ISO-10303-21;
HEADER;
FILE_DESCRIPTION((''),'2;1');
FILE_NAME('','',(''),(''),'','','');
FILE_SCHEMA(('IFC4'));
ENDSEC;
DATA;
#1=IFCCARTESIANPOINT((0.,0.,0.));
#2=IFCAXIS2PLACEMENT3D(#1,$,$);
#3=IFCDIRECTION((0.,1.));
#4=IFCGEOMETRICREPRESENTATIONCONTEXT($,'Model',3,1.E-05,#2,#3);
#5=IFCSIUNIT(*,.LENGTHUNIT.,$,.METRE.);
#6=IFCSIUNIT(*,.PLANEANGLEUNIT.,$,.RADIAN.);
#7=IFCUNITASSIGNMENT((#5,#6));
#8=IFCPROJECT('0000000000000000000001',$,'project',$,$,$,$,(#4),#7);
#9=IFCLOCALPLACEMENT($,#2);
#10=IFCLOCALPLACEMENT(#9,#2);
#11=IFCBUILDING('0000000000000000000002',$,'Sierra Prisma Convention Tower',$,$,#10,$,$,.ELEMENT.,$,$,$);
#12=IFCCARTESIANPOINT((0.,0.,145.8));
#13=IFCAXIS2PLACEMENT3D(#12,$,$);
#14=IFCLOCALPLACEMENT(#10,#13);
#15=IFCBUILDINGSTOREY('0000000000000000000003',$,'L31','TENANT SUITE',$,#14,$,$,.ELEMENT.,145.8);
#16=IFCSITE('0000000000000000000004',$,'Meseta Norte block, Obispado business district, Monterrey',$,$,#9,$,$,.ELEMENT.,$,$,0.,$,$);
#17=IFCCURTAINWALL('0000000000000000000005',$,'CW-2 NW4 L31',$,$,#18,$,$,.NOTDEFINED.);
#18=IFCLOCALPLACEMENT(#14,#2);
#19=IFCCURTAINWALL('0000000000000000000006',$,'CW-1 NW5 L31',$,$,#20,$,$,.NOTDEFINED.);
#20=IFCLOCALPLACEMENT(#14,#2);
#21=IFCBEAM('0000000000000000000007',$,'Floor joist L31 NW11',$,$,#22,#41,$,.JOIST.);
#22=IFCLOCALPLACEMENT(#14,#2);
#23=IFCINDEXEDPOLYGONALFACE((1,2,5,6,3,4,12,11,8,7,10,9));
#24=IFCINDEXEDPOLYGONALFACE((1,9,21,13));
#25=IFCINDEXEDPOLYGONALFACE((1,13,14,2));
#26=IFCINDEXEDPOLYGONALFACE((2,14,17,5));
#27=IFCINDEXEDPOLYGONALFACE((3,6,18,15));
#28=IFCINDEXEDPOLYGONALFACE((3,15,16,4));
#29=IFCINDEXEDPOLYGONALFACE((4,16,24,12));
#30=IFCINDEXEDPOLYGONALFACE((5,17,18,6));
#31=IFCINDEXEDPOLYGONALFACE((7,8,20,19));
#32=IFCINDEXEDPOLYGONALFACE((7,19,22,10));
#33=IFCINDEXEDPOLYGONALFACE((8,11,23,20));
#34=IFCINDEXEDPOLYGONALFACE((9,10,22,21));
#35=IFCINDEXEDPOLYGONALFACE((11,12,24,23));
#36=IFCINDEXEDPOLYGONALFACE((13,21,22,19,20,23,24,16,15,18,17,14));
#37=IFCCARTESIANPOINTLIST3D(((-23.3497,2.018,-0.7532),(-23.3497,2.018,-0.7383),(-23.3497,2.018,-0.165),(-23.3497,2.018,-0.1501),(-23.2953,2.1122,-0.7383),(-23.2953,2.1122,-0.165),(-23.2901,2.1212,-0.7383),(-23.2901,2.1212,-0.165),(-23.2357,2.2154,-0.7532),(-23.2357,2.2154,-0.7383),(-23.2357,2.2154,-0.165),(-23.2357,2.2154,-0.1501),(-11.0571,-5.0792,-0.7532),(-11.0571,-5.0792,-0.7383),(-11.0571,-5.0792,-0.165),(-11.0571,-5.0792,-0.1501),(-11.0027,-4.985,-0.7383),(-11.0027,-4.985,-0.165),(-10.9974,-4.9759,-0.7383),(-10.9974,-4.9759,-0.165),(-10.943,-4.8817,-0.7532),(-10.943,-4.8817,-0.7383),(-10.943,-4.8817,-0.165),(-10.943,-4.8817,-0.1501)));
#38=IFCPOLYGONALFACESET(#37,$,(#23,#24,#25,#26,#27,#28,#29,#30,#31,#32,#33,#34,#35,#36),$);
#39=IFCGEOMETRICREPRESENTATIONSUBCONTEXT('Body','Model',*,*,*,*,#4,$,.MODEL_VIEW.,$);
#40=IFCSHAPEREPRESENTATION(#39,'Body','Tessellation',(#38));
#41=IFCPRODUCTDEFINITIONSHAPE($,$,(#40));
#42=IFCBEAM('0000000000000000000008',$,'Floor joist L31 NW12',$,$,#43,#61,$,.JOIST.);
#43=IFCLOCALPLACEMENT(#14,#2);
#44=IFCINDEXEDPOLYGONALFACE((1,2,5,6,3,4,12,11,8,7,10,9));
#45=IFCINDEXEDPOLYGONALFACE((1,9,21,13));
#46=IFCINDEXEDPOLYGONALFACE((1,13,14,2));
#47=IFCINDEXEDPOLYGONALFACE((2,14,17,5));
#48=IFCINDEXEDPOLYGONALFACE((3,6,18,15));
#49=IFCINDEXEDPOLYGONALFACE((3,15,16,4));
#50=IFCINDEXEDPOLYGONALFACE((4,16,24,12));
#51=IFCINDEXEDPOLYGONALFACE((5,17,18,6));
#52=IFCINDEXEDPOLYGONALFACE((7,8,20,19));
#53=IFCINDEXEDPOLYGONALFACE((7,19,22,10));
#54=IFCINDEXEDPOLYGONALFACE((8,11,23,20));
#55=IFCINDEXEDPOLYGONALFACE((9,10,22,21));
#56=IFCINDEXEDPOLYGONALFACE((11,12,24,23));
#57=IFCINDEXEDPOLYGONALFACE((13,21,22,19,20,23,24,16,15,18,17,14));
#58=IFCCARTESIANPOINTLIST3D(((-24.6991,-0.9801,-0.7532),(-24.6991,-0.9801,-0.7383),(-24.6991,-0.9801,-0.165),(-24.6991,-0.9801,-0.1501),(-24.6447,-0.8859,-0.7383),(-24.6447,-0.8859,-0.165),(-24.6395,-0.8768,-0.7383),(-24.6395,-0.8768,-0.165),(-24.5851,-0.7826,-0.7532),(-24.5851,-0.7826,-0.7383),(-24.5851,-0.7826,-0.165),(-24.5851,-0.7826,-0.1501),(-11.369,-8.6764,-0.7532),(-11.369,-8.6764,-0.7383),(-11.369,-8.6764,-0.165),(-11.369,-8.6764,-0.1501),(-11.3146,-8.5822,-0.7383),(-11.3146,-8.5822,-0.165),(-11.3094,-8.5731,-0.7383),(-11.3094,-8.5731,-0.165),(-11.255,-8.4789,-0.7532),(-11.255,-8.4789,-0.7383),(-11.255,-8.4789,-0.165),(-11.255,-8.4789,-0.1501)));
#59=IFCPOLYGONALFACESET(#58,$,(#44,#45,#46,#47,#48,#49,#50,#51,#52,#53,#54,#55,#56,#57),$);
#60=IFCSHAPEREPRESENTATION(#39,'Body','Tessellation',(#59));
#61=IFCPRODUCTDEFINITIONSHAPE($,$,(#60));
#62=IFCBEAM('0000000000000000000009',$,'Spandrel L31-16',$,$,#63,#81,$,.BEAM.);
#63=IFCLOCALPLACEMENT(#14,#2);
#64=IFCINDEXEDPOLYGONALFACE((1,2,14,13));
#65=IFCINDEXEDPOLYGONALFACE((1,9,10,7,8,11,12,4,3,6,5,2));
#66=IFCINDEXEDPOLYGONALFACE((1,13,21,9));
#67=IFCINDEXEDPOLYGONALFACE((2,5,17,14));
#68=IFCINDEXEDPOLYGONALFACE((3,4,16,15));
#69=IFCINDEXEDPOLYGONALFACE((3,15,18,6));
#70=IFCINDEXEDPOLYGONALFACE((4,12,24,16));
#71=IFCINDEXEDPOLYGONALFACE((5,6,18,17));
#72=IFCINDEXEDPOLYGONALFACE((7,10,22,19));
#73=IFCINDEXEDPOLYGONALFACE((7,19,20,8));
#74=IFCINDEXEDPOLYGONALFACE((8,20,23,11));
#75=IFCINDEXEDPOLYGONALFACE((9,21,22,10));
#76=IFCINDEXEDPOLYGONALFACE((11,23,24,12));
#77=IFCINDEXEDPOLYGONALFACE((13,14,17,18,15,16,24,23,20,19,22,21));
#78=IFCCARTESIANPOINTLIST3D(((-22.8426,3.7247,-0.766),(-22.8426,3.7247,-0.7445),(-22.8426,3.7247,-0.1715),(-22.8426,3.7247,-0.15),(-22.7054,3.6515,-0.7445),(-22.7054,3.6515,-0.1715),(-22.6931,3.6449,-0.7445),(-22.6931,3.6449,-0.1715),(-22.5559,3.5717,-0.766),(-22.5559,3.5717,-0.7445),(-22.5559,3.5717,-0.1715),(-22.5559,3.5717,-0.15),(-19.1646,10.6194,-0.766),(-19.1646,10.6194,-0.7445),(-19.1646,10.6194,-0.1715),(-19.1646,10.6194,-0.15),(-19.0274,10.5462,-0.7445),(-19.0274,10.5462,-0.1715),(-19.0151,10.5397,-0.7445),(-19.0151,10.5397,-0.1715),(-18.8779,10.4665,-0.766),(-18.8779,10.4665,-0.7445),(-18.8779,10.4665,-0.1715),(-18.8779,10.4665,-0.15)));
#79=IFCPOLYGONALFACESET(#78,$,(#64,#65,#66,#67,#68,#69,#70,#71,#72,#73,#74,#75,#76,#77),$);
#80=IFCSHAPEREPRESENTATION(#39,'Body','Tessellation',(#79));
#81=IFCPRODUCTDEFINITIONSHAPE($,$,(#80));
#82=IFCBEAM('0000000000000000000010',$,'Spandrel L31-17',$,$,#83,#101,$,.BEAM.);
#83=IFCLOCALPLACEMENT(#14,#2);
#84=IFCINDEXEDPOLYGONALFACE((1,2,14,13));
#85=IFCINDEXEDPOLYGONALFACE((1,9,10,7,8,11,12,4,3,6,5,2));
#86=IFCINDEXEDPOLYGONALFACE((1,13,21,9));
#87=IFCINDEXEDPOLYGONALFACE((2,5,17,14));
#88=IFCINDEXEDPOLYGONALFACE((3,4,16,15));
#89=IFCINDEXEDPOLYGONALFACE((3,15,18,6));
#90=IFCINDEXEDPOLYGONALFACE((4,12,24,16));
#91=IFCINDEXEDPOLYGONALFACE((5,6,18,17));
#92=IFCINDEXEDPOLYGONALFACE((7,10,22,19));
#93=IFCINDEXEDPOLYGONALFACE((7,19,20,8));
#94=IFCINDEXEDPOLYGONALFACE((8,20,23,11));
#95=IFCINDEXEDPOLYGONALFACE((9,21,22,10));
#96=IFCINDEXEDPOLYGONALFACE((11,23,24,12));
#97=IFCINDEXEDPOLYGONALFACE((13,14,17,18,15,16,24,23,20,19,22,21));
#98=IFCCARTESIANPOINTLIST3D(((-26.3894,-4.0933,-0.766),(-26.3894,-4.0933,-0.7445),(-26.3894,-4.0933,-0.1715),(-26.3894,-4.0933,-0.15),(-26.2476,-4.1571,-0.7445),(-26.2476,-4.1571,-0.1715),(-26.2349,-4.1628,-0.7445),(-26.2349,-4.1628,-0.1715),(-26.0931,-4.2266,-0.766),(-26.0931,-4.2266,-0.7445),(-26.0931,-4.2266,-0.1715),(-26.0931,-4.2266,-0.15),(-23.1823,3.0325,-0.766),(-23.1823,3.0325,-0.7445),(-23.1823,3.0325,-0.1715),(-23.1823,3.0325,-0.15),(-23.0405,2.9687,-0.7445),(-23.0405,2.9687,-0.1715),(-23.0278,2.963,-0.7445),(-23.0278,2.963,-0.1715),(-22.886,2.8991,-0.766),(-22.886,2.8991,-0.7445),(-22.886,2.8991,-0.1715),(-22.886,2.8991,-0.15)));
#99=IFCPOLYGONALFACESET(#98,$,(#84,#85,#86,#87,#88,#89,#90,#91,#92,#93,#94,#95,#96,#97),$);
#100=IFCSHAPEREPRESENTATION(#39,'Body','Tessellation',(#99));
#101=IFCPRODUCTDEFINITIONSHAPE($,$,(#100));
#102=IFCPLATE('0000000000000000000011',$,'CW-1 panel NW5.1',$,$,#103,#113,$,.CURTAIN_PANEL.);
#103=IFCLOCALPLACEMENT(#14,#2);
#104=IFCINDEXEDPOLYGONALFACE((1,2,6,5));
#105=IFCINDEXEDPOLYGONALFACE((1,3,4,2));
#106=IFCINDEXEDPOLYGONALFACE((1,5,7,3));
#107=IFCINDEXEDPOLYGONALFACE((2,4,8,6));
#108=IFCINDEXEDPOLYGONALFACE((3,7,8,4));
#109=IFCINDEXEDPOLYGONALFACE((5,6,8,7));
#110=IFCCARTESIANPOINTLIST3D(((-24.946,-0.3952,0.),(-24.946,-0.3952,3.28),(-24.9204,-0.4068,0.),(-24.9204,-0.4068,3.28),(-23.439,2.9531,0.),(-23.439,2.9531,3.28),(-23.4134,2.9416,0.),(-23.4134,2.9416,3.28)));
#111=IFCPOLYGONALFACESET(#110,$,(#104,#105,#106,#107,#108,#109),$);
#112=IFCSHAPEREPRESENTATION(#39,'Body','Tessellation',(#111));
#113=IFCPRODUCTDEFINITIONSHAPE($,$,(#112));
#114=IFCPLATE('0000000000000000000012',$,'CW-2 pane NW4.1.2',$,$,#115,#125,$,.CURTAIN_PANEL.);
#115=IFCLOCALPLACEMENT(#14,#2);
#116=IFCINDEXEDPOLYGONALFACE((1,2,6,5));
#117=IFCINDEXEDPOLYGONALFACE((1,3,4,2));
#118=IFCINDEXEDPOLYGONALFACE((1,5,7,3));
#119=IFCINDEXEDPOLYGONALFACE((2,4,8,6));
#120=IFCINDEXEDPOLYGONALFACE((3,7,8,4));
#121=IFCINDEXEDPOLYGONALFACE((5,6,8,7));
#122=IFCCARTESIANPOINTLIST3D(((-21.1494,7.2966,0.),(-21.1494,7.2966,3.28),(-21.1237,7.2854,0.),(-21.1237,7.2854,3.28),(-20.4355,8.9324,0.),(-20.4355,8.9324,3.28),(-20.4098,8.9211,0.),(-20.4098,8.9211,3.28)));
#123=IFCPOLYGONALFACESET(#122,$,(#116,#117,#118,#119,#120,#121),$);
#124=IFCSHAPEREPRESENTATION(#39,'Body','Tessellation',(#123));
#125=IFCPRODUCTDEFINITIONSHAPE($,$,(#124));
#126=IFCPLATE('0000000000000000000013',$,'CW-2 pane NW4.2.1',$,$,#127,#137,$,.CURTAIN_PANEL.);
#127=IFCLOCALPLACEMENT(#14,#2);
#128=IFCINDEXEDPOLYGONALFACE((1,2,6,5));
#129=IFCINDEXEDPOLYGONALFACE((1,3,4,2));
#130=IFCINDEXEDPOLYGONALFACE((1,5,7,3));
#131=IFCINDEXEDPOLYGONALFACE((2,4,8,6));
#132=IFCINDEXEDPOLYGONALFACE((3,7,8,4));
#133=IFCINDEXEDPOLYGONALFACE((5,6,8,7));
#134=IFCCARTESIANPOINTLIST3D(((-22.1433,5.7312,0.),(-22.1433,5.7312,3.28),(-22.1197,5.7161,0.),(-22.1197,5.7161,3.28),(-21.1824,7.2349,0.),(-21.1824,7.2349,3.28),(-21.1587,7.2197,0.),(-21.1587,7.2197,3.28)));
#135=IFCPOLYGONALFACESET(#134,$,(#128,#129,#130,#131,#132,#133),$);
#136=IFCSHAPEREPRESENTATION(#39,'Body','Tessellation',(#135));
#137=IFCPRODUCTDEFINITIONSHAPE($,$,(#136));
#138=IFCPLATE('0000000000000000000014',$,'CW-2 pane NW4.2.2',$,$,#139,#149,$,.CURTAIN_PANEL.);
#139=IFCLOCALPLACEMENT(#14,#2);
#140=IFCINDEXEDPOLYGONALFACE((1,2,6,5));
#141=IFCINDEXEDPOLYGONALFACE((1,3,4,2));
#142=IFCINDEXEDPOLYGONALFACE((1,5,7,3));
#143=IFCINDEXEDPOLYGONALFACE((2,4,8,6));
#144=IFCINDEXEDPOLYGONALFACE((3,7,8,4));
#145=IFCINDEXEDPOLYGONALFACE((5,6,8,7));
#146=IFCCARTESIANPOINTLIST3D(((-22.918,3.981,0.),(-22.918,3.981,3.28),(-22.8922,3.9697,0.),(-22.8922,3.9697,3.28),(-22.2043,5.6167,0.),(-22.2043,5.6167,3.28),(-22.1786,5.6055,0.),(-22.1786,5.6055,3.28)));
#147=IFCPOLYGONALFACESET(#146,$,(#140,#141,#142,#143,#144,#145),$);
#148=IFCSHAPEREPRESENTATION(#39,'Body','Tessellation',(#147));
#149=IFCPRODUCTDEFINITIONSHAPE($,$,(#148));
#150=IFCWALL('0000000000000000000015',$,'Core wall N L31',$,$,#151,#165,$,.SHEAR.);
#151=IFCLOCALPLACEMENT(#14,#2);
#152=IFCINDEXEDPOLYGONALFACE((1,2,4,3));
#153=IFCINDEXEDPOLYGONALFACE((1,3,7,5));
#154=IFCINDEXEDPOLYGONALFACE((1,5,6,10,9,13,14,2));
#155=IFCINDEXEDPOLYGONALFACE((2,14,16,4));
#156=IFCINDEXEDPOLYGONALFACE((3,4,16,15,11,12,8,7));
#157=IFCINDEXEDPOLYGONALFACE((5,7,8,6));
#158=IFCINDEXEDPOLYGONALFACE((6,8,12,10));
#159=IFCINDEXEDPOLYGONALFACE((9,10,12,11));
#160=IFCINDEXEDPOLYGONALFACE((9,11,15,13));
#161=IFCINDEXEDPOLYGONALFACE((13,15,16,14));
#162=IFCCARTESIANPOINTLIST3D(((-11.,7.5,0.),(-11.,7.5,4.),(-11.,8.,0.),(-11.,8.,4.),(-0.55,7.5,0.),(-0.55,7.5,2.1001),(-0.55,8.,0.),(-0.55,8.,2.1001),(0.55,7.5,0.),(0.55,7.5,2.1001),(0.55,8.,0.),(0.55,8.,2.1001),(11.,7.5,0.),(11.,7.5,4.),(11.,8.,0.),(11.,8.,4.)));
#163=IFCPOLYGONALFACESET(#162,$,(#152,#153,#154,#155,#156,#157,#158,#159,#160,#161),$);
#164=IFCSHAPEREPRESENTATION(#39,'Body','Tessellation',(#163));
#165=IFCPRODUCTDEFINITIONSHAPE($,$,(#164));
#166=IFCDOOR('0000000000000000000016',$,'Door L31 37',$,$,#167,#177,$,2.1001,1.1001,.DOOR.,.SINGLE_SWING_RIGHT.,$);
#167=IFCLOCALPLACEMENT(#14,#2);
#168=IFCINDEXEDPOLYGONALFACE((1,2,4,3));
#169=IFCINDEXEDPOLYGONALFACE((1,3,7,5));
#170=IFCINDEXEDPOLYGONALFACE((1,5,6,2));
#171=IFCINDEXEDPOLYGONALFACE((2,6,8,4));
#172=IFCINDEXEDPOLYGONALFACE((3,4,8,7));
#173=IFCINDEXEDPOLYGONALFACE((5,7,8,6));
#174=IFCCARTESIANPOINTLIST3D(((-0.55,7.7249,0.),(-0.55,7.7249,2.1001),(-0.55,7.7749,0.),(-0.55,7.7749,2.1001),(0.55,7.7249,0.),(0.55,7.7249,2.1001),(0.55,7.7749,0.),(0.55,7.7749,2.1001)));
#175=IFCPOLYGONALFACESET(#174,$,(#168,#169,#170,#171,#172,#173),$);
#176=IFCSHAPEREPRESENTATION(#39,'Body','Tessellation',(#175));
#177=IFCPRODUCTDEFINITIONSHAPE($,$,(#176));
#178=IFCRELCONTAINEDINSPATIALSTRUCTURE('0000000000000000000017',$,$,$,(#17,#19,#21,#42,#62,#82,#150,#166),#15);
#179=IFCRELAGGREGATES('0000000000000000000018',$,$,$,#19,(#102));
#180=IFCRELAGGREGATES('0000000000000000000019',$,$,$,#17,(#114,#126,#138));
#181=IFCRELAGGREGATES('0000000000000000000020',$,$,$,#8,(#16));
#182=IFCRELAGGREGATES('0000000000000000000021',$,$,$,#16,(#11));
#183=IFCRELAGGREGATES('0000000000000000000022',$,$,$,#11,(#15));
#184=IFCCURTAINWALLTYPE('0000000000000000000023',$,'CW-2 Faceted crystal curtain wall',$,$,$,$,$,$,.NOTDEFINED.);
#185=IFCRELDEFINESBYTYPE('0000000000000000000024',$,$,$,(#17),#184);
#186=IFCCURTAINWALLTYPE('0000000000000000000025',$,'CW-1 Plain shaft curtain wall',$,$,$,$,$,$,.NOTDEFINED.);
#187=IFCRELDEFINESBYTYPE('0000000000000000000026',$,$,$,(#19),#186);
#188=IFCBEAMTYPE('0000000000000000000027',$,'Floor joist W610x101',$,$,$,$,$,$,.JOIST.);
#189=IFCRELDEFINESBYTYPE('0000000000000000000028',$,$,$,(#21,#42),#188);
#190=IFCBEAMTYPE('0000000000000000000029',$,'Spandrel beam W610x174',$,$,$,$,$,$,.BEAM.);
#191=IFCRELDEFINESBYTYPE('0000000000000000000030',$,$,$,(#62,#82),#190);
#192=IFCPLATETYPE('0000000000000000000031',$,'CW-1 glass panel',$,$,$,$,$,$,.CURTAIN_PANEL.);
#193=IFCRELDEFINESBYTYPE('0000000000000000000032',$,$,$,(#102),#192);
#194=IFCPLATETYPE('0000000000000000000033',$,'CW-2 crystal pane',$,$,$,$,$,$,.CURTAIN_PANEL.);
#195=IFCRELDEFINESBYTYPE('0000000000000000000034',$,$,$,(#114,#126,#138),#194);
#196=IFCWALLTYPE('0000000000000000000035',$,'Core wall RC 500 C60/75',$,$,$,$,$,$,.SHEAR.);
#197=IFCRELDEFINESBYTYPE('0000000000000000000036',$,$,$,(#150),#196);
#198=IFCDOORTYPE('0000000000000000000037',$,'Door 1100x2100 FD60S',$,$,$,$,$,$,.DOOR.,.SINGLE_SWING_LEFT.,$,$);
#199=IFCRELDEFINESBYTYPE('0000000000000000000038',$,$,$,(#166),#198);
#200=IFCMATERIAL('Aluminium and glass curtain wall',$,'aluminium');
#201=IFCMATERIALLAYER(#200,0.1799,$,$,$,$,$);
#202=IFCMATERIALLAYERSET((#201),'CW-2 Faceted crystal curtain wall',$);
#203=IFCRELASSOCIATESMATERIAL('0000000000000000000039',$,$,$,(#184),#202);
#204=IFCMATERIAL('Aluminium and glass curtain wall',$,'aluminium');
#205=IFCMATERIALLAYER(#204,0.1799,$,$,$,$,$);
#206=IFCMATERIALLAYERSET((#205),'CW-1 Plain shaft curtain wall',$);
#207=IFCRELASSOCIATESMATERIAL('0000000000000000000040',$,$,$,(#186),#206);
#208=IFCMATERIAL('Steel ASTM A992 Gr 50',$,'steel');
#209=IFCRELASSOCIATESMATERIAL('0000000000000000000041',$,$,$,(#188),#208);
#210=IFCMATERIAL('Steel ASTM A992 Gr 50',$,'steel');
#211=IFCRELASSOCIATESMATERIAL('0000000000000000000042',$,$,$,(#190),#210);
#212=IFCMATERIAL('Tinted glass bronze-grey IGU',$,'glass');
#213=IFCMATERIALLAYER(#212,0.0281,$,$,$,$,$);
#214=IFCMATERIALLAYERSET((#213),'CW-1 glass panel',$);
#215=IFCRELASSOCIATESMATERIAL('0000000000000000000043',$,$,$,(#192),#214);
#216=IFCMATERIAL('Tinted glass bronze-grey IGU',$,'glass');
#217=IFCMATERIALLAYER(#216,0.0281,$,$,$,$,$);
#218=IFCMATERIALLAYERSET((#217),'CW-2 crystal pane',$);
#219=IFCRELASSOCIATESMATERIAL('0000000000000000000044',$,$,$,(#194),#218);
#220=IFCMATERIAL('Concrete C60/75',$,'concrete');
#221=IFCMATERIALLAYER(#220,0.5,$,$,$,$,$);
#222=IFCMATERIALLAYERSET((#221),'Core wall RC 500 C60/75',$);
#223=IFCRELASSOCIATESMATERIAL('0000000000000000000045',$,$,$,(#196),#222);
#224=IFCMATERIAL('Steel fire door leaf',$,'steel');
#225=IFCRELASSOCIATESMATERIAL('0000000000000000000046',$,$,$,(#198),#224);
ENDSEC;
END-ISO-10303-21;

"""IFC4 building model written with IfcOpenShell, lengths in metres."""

from ifc_helpers import new_model, si_unit, direction, frame, frame_2d, origin, origin_2d, place, context, subcontext, project, spatial, polyline, rectangle, i_section, outline, extrude, material, layer, layer_set, material_profile, profile_set, type_object, element, fill, aggregate, save


model = new_model("IFC4")

# Units and contexts
model_context = context("Model", 3, precision=1e-05, world=origin(), true_north=direction((0.0, 1.0)))
body_context = subcontext(model_context, "Body", "Model", "MODEL_VIEW")
ifc_project = project(units=[si_unit("LENGTHUNIT", "METRE"), si_unit("PLANEANGLEUNIT", "RADIAN")], contexts=[model_context])

# Site, building, storey
site_placement = place(None, origin())
site = spatial("IfcSite", under=ifc_project, at=site_placement, Name="Meseta Norte block, Obispado business district, Monterrey", CompositionType="ELEMENT", RefElevation=0.0)
building_placement = place(site_placement, origin())
building = spatial("IfcBuilding", under=site, at=building_placement, Name="Sierra Prisma Convention Tower", CompositionType="ELEMENT")
storey_placement = place(building_placement, frame((0.0, 0.0, 145.8)))
storey = spatial("IfcBuildingStorey", under=building, at=storey_placement, Name="L31", Description="TENANT SUITE", CompositionType="ELEMENT", Elevation=145.8)

# Curtain wall
ifc_material_1 = material(Name="Aluminium and glass curtain wall", Category="aluminium")
ifc_layer_1 = layer(ifc_material_1, 0.1799)
ifc_layer_set_1 = layer_set([ifc_layer_1], Name="CW-2 Faceted crystal curtain wall")
curtain_wall_type_1 = type_object("IfcCurtainWallType", Name="CW-2 Faceted crystal curtain wall", PredefinedType="NOTDEFINED", material=ifc_layer_set_1)
curtain_wall_1_placement = place(storey_placement, origin())
curtain_wall_1 = element("IfcCurtainWall", 1, at=curtain_wall_1_placement, inside=storey, type_object=curtain_wall_type_1, Name="CW-2 NW4 L31", PredefinedType="NOTDEFINED")

# Curtain wall
ifc_material_2 = material(Name="Aluminium and glass curtain wall", Category="aluminium")
ifc_layer_2 = layer(ifc_material_2, 0.1799)
ifc_layer_set_2 = layer_set([ifc_layer_2], Name="CW-1 Plain shaft curtain wall")
curtain_wall_type_2 = type_object("IfcCurtainWallType", Name="CW-1 Plain shaft curtain wall", PredefinedType="NOTDEFINED", material=ifc_layer_set_2)
curtain_wall_2_placement = place(storey_placement, origin())
curtain_wall_2 = element("IfcCurtainWall", 2, at=curtain_wall_2_placement, inside=storey, type_object=curtain_wall_type_2, Name="CW-1 NW5 L31", PredefinedType="NOTDEFINED")

# Beams
ifc_material_3 = material(Name="Steel ASTM A992 Gr 50", Category="steel")
ifc_material_profile_1 = material_profile(ifc_material_3, i_section(OverallWidth=0.228, OverallDepth=0.603, WebThickness=0.0105, FlangeThickness=0.0149, at=origin_2d()), Name="W610x101")
ifc_profile_set_1 = profile_set([ifc_material_profile_1], Name="Steel ASTM A992 Gr 50")
beam_type_1 = type_object("IfcBeamType", Name="Floor joist W610x101", PredefinedType="JOIST", material=ifc_profile_set_1)
beam_1_placement = place(storey_placement, frame((-23.2927, 2.1167, -0.4517), z_axis=(0.866027, -0.499998, 0.0), x_axis=(0.499998, 0.866027, 0.0)))
element("IfcBeam", 3, at=beam_1_placement, inside=storey, type_object=beam_type_1, Name="Floor joist L31 NW11", PredefinedType="JOIST", context=body_context, shape_type="SweptSolid", body=[
    extrude(i_section(OverallWidth=0.228, OverallDepth=0.603, WebThickness=0.0105, FlangeThickness=0.0149, at=origin_2d()), origin(), (0.0, 0.0, 1.0), 14.1943),
])
beam_2_placement = place(storey_placement, frame((-24.6421, -0.8813, -0.4517), z_axis=(0.866021, -0.500008, 0.0), x_axis=(0.500008, 0.866021, 0.0)))
element("IfcBeam", 4, at=beam_2_placement, inside=storey, type_object=beam_type_1, Name="Floor joist L31 NW12", PredefinedType="JOIST", context=body_context, shape_type="SweptSolid", body=[
    extrude(i_section(OverallWidth=0.228, OverallDepth=0.603, WebThickness=0.0105, FlangeThickness=0.0149, at=origin_2d()), origin(), (0.0, 0.0, 1.0), 15.3923),
])
ifc_material_4 = material(Name="Steel ASTM A992 Gr 50", Category="steel")
ifc_material_profile_2 = material_profile(ifc_material_4, i_section(OverallWidth=0.325, OverallDepth=0.616, WebThickness=0.0139, FlangeThickness=0.0215, at=origin_2d()), Name="W610x174")
ifc_profile_set_2 = profile_set([ifc_material_profile_2], Name="Steel ASTM A992 Gr 50")
beam_type_2 = type_object("IfcBeamType", Name="Spandrel beam W610x174", PredefinedType="BEAM", material=ifc_profile_set_2)
beam_3_placement = place(storey_placement, frame((-19.0212, 10.543, -0.458), z_axis=(-0.470664, -0.882312, 0.0), x_axis=(0.882312, -0.470664, 0.0)))
element("IfcBeam", 5, at=beam_3_placement, inside=storey, type_object=beam_type_2, Name="Spandrel L31-16", PredefinedType="BEAM", context=body_context, shape_type="SweptSolid", body=[
    extrude(i_section(OverallWidth=0.325, OverallDepth=0.616, WebThickness=0.0139, FlangeThickness=0.0215, at=origin_2d()), origin(), (0.0, 0.0, 1.0), 7.8145),
])
beam_4_placement = place(storey_placement, frame((-23.0342, 2.9658, -0.458), z_axis=(-0.410413, -0.9119, 0.0), x_axis=(0.9119, -0.410413, 0.0)))
element("IfcBeam", 6, at=beam_4_placement, inside=storey, type_object=beam_type_2, Name="Spandrel L31-17", PredefinedType="BEAM", context=body_context, shape_type="SweptSolid", body=[
    extrude(i_section(OverallWidth=0.325, OverallDepth=0.616, WebThickness=0.0139, FlangeThickness=0.0215, at=origin_2d()), origin(), (0.0, 0.0, 1.0), 7.8142),
])

# Plates
ifc_material_5 = material(Name="Tinted glass bronze-grey IGU", Category="glass")
ifc_layer_3 = layer(ifc_material_5, 0.0281)
ifc_layer_set_3 = layer_set([ifc_layer_3], Name="CW-1 glass panel")
plate_type_1 = type_object("IfcPlateType", Name="CW-1 glass panel", PredefinedType="CURTAIN_PANEL", material=ifc_layer_set_3)
plate_1_placement = place(storey_placement, frame((-24.1797, 1.2732, 0.0), z_axis=(0.0, 0.0, 1.0), x_axis=(-0.410416, -0.911898, 0.0)))
plate_1 = element("IfcPlate", 7, at=plate_1_placement, type_object=plate_type_1, Name="CW-1 panel NW5.1", PredefinedType="CURTAIN_PANEL", context=body_context, shape_type="SweptSolid", body=[
    extrude(rectangle(XDim=3.6719, YDim=0.0281, at=origin_2d()), origin(), (0.0, 0.0, 1.0), 3.28),
])
aggregate(curtain_wall_2, [plate_1])
ifc_material_6 = material(Name="Tinted glass bronze-grey IGU", Category="glass")
ifc_layer_4 = layer(ifc_material_6, 0.0281)
ifc_layer_set_4 = layer_set([ifc_layer_4], Name="CW-2 crystal pane")
plate_type_2 = type_object("IfcPlateType", Name="CW-2 crystal pane", PredefinedType="CURTAIN_PANEL", material=ifc_layer_set_4)
plate_2_placement = place(storey_placement, frame((-21.1494, 7.2966, 0.0), z_axis=(-0.916521, 0.399986, 0.0), x_axis=(0.399986, 0.916521, 0.0)))
plate_2 = element("IfcPlate", 8, at=plate_2_placement, type_object=plate_type_2, Name="CW-2 pane NW4.1.2", PredefinedType="CURTAIN_PANEL", context=body_context, shape_type="SweptSolid", body=[
    extrude(outline(polyline([(0.0, 0.0), (1.7847, 0.0), (1.7847, -3.28), (0.0, -3.28), (0.0, 0.0)])), origin(), (0.0, 0.0, -1.0), 0.0281),
])
plate_3_placement = place(storey_placement, frame((-21.1824, 7.2349, 0.0), z_axis=(-0.842629, 0.538495, 0.0), x_axis=(-0.538495, -0.842629, 0.0)))
plate_3 = element("IfcPlate", 9, at=plate_3_placement, type_object=plate_type_2, Name="CW-2 pane NW4.2.1", PredefinedType="CURTAIN_PANEL", context=body_context, shape_type="SweptSolid", body=[
    extrude(outline(polyline([(0.0, 0.0), (1.7845, 0.0), (1.7845, 3.28), (0.0, 3.28), (0.0, 0.0)])), origin(), (0.0, 0.0, -1.0), 0.0281),
])
plate_4_placement = place(storey_placement, frame((-22.918, 3.981, 0.0), z_axis=(-0.916571, 0.399871, 0.0), x_axis=(0.399871, 0.916571, 0.0)))
plate_4 = element("IfcPlate", 10, at=plate_4_placement, type_object=plate_type_2, Name="CW-2 pane NW4.2.2", PredefinedType="CURTAIN_PANEL", context=body_context, shape_type="SweptSolid", body=[
    extrude(outline(polyline([(0.0, 0.0), (1.7846, 0.0), (1.7846, -3.28), (0.0, -3.28), (0.0, 0.0)])), origin(), (0.0, 0.0, -1.0), 0.0281),
])
aggregate(curtain_wall_1, [plate_2, plate_3, plate_4])

# Wall, opening, door
ifc_material_7 = material(Name="Concrete C60/75", Category="concrete")
ifc_layer_5 = layer(ifc_material_7, 0.5)
ifc_layer_set_5 = layer_set([ifc_layer_5], Name="Core wall RC 500 C60/75")
wall_type_1 = type_object("IfcWallType", Name="Core wall RC 500 C60/75", PredefinedType="SHEAR", material=ifc_layer_set_5)
wall_1_placement = place(storey_placement, frame((-11.0, 7.75, 0.0), z_axis=(0.0, 0.0, 1.0), x_axis=(1.0, 0.0, 0.0)))
wall_1 = element("IfcWall", 11, at=wall_1_placement, inside=storey, type_object=wall_type_1, Name="Core wall N L31", PredefinedType="SHEAR", context=body_context, shape_type="SweptSolid", body=[
    extrude(rectangle(XDim=22.0, YDim=0.5, at=frame_2d((11.0, 0.0))), origin(), (0.0, 0.0, 1.0), 4.0),
])
opening_1_placement = place(wall_1_placement, frame((10.45, 0.0, 0.0)))
opening_1 = element("IfcOpeningElement", 12, at=opening_1_placement, cuts=wall_1, PredefinedType="OPENING", context=body_context, shape_type="SweptSolid", body=[
    extrude(rectangle(XDim=1.1001, YDim=2.1001, at=frame_2d((0.55, 1.05))), frame((0.0, 0.25, 0.0), z_axis=(0.0, -1.0, 0.0), x_axis=(1.0, 0.0, 0.0)), (0.0, 0.0, 1.0), 0.5),
])
ifc_material_8 = material(Name="Steel fire door leaf", Category="steel")
door_type_1 = type_object("IfcDoorType", Name="Door 1100x2100 FD60S", OperationType="SINGLE_SWING_LEFT", PredefinedType="DOOR", material=ifc_material_8)
door_1_placement = place(opening_1_placement, origin())
door_1 = element("IfcDoor", 13, at=door_1_placement, inside=storey, type_object=door_type_1, Name="Door L31 37", OperationType="SINGLE_SWING_RIGHT", OverallHeight=2.1001, OverallWidth=1.1001, PredefinedType="DOOR", context=body_context, shape_type="SweptSolid", body=[
    extrude(rectangle(XDim=1.1001, YDim=2.1001, at=frame_2d((0.55, 1.05))), frame((0.0, 0.0249, 0.0), z_axis=(0.0, -1.0, 0.0), x_axis=(1.0, 0.0, 0.0)), (0.0, 0.0, 1.0), 0.05),
])
fill(opening_1, door_1)

save(model, "model.ifc")
